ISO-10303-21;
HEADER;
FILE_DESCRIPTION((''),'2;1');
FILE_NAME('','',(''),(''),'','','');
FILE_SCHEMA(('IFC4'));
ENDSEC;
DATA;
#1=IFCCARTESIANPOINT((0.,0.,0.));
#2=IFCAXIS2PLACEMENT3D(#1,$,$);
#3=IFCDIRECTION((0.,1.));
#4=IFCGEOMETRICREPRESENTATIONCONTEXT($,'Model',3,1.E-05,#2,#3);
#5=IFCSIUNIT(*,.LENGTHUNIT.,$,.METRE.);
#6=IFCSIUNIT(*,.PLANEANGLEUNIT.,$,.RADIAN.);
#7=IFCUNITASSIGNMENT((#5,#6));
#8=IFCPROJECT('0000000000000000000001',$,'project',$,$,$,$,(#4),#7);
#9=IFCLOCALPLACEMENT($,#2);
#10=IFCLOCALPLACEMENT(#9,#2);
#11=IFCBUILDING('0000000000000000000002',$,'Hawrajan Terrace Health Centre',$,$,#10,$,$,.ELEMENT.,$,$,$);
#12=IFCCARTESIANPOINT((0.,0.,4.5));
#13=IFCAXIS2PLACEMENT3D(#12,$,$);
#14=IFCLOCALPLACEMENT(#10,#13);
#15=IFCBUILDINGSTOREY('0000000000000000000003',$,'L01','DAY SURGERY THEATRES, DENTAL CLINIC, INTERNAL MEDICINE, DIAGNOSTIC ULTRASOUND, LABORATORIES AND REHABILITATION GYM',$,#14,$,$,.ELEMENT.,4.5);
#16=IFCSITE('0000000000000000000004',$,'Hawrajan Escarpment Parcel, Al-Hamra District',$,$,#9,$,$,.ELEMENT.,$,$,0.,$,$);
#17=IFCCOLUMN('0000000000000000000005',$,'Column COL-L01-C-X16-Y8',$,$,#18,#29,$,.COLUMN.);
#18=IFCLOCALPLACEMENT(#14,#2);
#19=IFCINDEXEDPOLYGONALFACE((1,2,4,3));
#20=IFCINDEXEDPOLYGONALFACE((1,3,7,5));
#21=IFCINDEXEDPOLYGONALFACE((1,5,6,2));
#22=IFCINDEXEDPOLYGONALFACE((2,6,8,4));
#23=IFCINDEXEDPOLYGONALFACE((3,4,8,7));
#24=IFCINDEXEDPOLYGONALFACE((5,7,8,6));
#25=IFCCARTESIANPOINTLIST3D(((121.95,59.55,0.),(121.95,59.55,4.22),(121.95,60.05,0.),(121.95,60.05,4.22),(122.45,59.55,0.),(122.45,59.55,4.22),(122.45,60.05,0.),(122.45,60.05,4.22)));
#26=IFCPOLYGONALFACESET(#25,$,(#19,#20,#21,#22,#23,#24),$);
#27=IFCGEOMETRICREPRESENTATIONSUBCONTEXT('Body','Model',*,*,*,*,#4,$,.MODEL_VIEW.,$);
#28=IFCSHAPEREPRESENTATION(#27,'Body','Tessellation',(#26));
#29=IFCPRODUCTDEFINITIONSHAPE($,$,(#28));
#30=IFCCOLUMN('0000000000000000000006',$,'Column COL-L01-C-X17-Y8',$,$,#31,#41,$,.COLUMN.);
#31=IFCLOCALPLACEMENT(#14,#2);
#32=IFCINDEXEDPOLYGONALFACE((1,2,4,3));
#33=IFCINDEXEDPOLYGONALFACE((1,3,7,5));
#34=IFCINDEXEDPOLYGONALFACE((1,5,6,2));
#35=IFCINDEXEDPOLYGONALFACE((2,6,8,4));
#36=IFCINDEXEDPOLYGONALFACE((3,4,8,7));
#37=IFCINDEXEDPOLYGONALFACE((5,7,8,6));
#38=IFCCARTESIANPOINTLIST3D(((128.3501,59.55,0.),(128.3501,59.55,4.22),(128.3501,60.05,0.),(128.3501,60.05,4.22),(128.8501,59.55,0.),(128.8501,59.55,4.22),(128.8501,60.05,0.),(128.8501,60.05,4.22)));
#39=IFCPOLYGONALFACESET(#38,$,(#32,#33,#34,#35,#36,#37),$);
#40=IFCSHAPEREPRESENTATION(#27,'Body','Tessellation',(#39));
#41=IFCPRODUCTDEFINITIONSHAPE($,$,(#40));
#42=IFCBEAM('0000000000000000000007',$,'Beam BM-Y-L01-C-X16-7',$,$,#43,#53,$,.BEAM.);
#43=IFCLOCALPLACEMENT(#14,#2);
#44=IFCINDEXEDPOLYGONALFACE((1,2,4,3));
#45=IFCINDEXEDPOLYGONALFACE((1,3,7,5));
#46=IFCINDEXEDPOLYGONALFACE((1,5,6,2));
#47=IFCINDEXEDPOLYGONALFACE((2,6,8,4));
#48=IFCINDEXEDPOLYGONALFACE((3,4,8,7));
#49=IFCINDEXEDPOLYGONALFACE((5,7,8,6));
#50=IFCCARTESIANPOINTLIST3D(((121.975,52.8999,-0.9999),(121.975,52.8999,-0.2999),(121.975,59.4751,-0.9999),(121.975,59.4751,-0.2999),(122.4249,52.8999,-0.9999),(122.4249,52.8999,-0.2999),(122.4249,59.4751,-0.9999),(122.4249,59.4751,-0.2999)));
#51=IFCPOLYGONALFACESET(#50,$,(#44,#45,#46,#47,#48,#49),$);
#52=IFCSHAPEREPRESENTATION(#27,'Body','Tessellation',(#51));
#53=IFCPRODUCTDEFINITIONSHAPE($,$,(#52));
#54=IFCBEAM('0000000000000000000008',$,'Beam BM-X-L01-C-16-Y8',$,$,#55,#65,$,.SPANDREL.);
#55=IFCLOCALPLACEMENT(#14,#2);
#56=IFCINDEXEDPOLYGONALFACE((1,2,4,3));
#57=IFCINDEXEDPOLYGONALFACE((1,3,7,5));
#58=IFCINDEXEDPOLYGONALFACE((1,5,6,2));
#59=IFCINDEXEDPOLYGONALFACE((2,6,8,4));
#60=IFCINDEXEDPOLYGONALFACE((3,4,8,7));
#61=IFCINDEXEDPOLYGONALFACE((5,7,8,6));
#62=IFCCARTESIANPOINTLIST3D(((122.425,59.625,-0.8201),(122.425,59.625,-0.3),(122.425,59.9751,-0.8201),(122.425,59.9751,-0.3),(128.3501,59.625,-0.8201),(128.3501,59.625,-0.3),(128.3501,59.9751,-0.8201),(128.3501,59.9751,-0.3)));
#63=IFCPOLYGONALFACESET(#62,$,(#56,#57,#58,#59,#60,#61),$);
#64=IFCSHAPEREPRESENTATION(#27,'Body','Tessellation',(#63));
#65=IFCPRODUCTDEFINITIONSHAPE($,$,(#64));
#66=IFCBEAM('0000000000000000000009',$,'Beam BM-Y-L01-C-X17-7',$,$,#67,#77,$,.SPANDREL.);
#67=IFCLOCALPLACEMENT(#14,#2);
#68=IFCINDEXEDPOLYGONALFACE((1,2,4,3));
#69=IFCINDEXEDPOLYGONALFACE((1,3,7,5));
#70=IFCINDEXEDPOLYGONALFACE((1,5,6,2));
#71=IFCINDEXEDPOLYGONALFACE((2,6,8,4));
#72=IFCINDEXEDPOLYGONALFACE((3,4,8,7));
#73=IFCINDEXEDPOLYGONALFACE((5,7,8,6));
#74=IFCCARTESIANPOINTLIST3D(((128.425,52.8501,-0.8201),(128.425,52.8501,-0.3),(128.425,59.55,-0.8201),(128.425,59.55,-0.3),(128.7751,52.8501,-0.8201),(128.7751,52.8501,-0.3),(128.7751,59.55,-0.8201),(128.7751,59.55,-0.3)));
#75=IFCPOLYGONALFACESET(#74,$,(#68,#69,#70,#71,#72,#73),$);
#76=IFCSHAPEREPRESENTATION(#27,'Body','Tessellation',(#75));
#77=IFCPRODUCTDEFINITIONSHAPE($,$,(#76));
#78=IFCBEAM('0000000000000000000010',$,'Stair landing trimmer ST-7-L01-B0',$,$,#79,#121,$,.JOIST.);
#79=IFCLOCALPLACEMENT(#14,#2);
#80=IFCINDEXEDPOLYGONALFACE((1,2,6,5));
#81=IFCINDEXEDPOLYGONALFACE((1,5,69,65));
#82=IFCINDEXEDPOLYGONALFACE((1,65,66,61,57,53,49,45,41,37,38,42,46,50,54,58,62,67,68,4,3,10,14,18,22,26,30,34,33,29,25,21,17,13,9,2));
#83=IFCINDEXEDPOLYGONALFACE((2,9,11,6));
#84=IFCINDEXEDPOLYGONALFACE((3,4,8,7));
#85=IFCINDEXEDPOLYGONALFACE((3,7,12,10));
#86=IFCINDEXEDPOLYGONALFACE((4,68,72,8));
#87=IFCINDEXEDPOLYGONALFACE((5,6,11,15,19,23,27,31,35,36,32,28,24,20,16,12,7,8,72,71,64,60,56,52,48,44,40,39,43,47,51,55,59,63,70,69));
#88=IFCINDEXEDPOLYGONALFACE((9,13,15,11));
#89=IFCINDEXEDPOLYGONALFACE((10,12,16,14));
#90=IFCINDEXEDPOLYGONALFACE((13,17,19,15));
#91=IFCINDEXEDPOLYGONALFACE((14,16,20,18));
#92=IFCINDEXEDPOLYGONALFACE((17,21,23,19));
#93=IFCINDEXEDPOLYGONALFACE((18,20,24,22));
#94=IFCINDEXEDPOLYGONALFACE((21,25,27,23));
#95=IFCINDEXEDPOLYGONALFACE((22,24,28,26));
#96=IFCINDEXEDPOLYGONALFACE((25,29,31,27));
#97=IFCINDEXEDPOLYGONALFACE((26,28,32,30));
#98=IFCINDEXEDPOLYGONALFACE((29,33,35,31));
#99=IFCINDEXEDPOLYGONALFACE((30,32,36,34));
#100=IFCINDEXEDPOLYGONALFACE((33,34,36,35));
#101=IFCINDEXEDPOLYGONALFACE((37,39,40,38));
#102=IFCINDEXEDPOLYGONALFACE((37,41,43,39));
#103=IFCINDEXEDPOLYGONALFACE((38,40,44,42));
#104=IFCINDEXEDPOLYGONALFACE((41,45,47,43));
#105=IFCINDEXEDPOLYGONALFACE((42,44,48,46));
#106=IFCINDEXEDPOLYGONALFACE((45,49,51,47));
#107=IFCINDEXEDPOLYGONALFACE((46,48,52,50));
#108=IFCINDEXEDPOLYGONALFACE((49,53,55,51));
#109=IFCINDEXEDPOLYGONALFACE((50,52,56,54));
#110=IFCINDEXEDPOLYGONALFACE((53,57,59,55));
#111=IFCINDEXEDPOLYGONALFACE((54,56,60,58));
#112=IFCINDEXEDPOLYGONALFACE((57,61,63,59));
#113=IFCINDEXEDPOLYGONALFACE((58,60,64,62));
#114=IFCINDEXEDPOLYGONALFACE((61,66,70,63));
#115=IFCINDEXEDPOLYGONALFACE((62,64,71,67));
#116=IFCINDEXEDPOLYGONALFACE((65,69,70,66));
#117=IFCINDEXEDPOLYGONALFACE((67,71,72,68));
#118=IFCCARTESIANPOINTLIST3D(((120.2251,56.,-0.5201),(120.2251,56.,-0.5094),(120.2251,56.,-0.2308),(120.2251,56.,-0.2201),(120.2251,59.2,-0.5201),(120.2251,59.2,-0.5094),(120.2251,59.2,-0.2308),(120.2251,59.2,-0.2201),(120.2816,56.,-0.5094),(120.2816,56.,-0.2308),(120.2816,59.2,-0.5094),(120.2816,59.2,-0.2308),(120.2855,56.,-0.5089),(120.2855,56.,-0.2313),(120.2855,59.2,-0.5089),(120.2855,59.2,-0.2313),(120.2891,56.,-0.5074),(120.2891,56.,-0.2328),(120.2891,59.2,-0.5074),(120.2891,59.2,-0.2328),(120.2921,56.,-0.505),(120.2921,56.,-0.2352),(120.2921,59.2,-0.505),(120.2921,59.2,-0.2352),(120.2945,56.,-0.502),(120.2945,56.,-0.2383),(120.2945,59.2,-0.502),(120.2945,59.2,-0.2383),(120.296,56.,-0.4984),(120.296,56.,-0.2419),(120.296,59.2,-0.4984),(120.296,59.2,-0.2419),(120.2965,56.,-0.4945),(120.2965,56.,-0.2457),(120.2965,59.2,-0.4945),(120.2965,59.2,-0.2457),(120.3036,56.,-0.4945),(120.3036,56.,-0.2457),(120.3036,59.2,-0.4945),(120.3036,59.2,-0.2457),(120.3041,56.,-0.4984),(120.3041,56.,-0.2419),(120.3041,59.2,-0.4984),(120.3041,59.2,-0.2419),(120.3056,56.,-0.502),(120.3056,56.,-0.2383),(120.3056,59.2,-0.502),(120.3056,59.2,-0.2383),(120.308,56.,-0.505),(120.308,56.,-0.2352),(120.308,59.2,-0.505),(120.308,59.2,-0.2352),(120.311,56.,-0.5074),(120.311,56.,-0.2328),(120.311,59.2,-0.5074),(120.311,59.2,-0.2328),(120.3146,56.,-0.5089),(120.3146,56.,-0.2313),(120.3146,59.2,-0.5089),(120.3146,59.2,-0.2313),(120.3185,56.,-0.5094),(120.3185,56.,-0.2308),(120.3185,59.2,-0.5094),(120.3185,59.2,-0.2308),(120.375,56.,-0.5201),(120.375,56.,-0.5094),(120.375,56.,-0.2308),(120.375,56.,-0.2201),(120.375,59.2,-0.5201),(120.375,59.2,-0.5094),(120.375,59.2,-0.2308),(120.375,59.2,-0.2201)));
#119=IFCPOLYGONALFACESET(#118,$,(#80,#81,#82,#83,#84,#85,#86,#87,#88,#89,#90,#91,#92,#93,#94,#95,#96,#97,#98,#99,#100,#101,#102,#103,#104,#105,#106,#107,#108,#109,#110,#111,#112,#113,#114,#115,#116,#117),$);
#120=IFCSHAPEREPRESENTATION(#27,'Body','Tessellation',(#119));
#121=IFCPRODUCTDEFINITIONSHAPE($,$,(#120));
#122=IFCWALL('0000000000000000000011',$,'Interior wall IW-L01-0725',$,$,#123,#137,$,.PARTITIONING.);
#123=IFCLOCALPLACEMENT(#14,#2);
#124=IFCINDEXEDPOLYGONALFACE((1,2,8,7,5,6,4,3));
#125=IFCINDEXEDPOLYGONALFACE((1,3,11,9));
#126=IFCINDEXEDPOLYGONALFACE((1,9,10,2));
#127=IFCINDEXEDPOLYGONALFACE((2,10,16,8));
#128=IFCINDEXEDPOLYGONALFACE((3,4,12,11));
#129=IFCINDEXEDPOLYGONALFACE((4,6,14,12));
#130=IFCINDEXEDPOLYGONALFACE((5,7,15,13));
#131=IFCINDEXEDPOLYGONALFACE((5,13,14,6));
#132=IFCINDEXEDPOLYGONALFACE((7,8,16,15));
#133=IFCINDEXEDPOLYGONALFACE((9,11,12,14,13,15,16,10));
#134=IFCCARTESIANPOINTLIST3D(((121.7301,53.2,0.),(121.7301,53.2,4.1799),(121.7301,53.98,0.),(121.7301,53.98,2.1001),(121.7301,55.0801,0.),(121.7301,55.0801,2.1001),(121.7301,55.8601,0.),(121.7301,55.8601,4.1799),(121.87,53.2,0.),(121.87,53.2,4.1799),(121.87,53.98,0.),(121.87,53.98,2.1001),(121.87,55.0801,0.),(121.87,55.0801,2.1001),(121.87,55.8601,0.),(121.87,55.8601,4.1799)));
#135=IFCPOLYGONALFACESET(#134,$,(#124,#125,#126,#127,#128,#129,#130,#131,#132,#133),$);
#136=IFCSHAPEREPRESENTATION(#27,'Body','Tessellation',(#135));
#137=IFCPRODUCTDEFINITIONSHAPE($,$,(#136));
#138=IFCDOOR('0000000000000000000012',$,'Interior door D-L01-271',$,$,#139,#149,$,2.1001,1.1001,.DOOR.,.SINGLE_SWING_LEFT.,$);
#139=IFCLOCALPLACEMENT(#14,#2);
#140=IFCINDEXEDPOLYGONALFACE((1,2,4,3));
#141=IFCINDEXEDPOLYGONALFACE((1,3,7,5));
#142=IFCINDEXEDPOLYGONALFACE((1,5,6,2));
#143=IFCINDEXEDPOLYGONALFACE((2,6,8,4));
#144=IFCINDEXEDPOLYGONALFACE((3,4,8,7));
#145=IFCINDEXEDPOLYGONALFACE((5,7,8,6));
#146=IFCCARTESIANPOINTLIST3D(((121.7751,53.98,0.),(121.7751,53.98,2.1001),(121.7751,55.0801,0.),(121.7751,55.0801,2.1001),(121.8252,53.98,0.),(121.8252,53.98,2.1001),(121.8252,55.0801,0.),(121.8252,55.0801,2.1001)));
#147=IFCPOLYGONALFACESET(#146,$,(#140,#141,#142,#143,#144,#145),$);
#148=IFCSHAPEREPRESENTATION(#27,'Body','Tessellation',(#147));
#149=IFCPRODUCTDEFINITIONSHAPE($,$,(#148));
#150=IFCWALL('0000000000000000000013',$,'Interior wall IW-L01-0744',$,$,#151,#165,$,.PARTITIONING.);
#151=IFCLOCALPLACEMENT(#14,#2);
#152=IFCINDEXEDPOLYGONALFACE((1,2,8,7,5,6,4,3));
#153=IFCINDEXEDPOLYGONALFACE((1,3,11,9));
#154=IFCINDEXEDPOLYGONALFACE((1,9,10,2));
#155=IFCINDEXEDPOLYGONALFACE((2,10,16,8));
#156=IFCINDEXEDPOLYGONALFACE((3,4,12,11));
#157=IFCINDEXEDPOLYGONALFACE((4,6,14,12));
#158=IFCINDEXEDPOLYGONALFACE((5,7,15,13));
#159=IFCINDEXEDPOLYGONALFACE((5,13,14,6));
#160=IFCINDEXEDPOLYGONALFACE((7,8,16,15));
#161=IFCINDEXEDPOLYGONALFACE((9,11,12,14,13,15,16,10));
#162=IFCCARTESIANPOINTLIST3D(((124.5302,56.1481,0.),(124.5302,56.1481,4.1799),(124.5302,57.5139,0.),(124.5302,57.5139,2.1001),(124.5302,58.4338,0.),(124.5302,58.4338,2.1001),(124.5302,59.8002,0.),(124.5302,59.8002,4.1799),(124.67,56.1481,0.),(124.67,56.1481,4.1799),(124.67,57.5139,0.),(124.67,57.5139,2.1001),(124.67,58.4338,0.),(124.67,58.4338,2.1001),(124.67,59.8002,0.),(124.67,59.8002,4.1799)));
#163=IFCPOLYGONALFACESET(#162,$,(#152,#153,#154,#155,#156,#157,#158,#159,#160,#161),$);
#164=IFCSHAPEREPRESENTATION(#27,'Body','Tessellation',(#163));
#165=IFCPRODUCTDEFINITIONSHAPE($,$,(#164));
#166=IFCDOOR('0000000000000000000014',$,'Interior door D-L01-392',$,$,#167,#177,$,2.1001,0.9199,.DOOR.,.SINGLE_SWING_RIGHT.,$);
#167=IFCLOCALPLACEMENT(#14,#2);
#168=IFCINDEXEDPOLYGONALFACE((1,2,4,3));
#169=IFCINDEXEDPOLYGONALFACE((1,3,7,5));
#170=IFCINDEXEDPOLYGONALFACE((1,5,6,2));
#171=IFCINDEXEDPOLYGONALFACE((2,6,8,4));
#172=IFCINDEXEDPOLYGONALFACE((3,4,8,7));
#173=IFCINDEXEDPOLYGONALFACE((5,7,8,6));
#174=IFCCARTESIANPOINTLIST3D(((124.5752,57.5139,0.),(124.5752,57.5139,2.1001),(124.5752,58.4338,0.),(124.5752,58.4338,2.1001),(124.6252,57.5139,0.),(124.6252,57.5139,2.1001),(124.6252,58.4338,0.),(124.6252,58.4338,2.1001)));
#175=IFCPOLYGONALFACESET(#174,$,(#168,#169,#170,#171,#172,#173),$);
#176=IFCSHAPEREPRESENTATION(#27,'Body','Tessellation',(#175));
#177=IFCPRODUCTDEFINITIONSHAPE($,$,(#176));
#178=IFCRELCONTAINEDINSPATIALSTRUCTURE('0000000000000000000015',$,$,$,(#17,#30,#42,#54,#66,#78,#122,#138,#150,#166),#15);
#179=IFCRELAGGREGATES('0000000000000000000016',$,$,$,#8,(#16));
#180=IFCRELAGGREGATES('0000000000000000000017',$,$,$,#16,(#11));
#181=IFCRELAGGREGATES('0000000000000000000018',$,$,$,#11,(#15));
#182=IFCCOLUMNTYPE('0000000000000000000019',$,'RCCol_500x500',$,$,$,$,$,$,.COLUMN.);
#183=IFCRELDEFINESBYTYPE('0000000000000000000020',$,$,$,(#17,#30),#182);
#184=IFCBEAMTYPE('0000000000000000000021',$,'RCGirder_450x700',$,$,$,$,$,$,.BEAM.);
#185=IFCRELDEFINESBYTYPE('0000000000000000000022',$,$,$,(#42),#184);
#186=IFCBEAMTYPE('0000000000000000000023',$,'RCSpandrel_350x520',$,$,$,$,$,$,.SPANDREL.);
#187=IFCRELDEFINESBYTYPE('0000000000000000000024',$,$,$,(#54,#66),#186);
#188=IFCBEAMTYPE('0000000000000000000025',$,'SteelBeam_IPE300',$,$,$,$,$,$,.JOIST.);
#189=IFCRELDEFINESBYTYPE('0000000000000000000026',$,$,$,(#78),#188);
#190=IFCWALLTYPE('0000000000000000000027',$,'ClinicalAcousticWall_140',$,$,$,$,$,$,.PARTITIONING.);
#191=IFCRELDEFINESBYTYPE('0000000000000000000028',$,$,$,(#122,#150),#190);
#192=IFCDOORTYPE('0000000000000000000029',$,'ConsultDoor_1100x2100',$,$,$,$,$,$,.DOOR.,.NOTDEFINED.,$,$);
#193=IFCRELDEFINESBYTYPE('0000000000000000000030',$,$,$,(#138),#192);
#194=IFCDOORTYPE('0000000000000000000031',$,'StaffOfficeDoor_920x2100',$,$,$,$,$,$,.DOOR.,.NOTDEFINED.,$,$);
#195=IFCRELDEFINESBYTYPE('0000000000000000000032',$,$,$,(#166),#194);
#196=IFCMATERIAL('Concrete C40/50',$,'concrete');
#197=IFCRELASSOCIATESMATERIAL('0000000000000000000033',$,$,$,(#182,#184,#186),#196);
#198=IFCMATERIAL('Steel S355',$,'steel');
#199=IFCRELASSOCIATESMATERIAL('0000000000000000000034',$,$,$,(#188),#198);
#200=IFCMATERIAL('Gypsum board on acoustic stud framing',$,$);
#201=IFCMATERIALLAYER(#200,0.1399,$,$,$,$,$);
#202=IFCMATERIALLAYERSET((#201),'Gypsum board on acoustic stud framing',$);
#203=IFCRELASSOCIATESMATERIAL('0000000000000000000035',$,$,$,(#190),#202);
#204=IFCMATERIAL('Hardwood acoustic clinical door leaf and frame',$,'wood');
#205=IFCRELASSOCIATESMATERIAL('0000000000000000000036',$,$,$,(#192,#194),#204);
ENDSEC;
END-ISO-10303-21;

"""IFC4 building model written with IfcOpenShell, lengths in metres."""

from ifc_helpers import new_model, si_unit, direction, frame, frame_2d, origin, origin_2d, place, context, subcontext, project, spatial, rectangle, i_section, extrude, material, layer, layer_set, material_profile, profile_set, type_object, element, fill, save


model = new_model("IFC4")

# Units and contexts
model_context = context("Model", 3, precision=1e-05, world=origin(), true_north=direction((0.0, 1.0)))
body_context = subcontext(model_context, "Body", "Model", "MODEL_VIEW")
ifc_project = project(units=[si_unit("LENGTHUNIT", "METRE"), si_unit("PLANEANGLEUNIT", "RADIAN")], contexts=[model_context])

# Site, building, storey
site_placement = place(None, origin())
site = spatial("IfcSite", under=ifc_project, at=site_placement, Name="Hawrajan Escarpment Parcel, Al-Hamra District", CompositionType="ELEMENT", RefElevation=0.0)
building_placement = place(site_placement, origin())
building = spatial("IfcBuilding", under=site, at=building_placement, Name="Hawrajan Terrace Health Centre", CompositionType="ELEMENT")
storey_placement = place(building_placement, frame((0.0, 0.0, 4.5)))
storey = spatial("IfcBuildingStorey", under=building, at=storey_placement, Name="L01", Description="DAY SURGERY THEATRES, DENTAL CLINIC, INTERNAL MEDICINE, DIAGNOSTIC ULTRASOUND, LABORATORIES AND REHABILITATION GYM", CompositionType="ELEMENT", Elevation=4.5)

# Columns
ifc_material_1 = material(Name="Concrete C40/50", Category="concrete")
ifc_material_profile_1 = material_profile(ifc_material_1, rectangle(XDim=0.5, YDim=0.5, at=origin_2d()), Name="RC 500x500")
ifc_profile_set_1 = profile_set([ifc_material_profile_1], Name="Concrete C40/50")
column_type = type_object("IfcColumnType", Name="RCCol_500x500", PredefinedType="COLUMN", material=ifc_profile_set_1)
for number, where, z_axis, x_axis, name in (
    (1, (122.2, 59.8, 0.0), (0.0, 0.0, 1.0), (1.0, 0.0, 0.0), "Column COL-L01-C-X16-Y8"),
    (2, (128.6001, 59.8, 0.0), (0.0, 0.0, 1.0), (1.0, 0.0, 0.0), "Column COL-L01-C-X17-Y8"),
):
    element("IfcColumn", number, at=place(storey_placement, frame(where, z_axis=z_axis, x_axis=x_axis)), inside=storey, type_object=column_type, Name=name, PredefinedType="COLUMN", context=body_context, shape_type="SweptSolid", body=[
        extrude(rectangle(XDim=0.5, YDim=0.5, at=origin_2d()), origin(), (0.0, 0.0, 1.0), 4.22),
    ])

# Beams
ifc_material_profile_2 = material_profile(ifc_material_1, rectangle(XDim=0.45, YDim=0.7, at=origin_2d()), Name="RC BM 450x700")
ifc_profile_set_2 = profile_set([ifc_material_profile_2], Name="Concrete C40/50")
beam_type_1 = type_object("IfcBeamType", Name="RCGirder_450x700", PredefinedType="BEAM", material=ifc_profile_set_2)
beam_1_placement = place(storey_placement, frame((122.2, 52.8999, -0.6499), z_axis=(0.0, 1.0, 0.0), x_axis=(-1.0, 0.0, 0.0)))
element("IfcBeam", 3, at=beam_1_placement, inside=storey, type_object=beam_type_1, Name="Beam BM-Y-L01-C-X16-7", PredefinedType="BEAM", context=body_context, shape_type="SweptSolid", body=[
    extrude(rectangle(XDim=0.45, YDim=0.7, at=origin_2d()), origin(), (0.0, 0.0, 1.0), 6.5752),
])
ifc_material_profile_3 = material_profile(ifc_material_1, rectangle(XDim=0.3501, YDim=0.52, at=origin_2d()), Name="RC SP 350x520")
ifc_profile_set_3 = profile_set([ifc_material_profile_3], Name="Concrete C40/50")
beam_type_2 = type_object("IfcBeamType", Name="RCSpandrel_350x520", PredefinedType="SPANDREL", material=ifc_profile_set_3)
beam_2_placement = place(storey_placement, frame((122.425, 59.8, -0.5601), z_axis=(1.0, 0.0, 0.0), x_axis=(0.0, 1.0, 0.0)))
element("IfcBeam", 4, at=beam_2_placement, inside=storey, type_object=beam_type_2, Name="Beam BM-X-L01-C-16-Y8", PredefinedType="SPANDREL", context=body_context, shape_type="SweptSolid", body=[
    extrude(rectangle(XDim=0.3501, YDim=0.52, at=origin_2d()), origin(), (0.0, 0.0, 1.0), 5.925),
])
beam_3_placement = place(storey_placement, frame((128.6001, 52.8501, -0.5601), z_axis=(0.0, 1.0, 0.0), x_axis=(-1.0, 0.0, 0.0)))
element("IfcBeam", 5, at=beam_3_placement, inside=storey, type_object=beam_type_2, Name="Beam BM-Y-L01-C-X17-7", PredefinedType="SPANDREL", context=body_context, shape_type="SweptSolid", body=[
    extrude(rectangle(XDim=0.3501, YDim=0.52, at=origin_2d()), origin(), (0.0, 0.0, 1.0), 6.7),
])
ifc_material_2 = material(Name="Steel S355", Category="steel")
ifc_material_profile_4 = material_profile(ifc_material_2, i_section(OverallWidth=0.1499, OverallDepth=0.3, WebThickness=0.0071, FlangeThickness=0.0107, FilletRadius=0.0149, at=origin_2d()), Name="IPE 300")
ifc_profile_set_4 = profile_set([ifc_material_profile_4], Name="Steel S355")
beam_type_3 = type_object("IfcBeamType", Name="SteelBeam_IPE300", PredefinedType="JOIST", material=ifc_profile_set_4)
beam_4_placement = place(storey_placement, frame((120.3, 56.0, -0.3701), z_axis=(0.0, 1.0, 0.0), x_axis=(-1.0, 0.0, 0.0)))
element("IfcBeam", 6, at=beam_4_placement, inside=storey, type_object=beam_type_3, Name="Stair landing trimmer ST-7-L01-B0", PredefinedType="JOIST", context=body_context, shape_type="SweptSolid", body=[
    extrude(i_section(OverallWidth=0.1499, OverallDepth=0.3, WebThickness=0.0071, FlangeThickness=0.0107, FilletRadius=0.0149, at=origin_2d()), origin(), (0.0, 0.0, 1.0), 3.2),
])

# Walls, openings, doors
ifc_material_3 = material(Name="Gypsum board on acoustic stud framing")
ifc_layer_1 = layer(ifc_material_3, 0.1399)
ifc_layer_set_1 = layer_set([ifc_layer_1], Name="Gypsum board on acoustic stud framing")
wall_type_1 = type_object("IfcWallType", Name="ClinicalAcousticWall_140", PredefinedType="PARTITIONING", material=ifc_layer_set_1)
wall_1_placement = place(storey_placement, frame((121.8, 53.2, 0.0), z_axis=(0.0, 0.0, 1.0), x_axis=(0.0, 1.0, 0.0)))
wall_1 = element("IfcWall", 7, at=wall_1_placement, inside=storey, type_object=wall_type_1, Name="Interior wall IW-L01-0725", PredefinedType="PARTITIONING", context=body_context, shape_type="SweptSolid", body=[
    extrude(rectangle(XDim=2.6602, YDim=0.1399, at=frame_2d((1.3301, 0.0))), origin(), (0.0, 0.0, 1.0), 4.1799),
])
opening_1_placement = place(wall_1_placement, frame((0.78, 0.0, 0.0)))
opening_1 = element("IfcOpeningElement", 8, at=opening_1_placement, cuts=wall_1, PredefinedType="OPENING", context=body_context, shape_type="SweptSolid", body=[
    extrude(rectangle(XDim=1.1001, YDim=2.1001, at=frame_2d((0.55, 1.05))), frame((0.0, 0.0798, 0.0), z_axis=(0.0, -1.0, 0.0), x_axis=(1.0, 0.0, 0.0)), (0.0, 0.0, 1.0), 0.1599),
])
ifc_material_4 = material(Name="Hardwood acoustic clinical door leaf and frame", Category="wood")
door_type_1 = type_object("IfcDoorType", Name="ConsultDoor_1100x2100", OperationType="NOTDEFINED", PredefinedType="DOOR", material=ifc_material_4)
door_1_placement = place(opening_1_placement, origin())
door_1 = element("IfcDoor", 9, at=door_1_placement, inside=storey, type_object=door_type_1, Name="Interior door D-L01-271", OperationType="SINGLE_SWING_LEFT", OverallHeight=2.1001, OverallWidth=1.1001, PredefinedType="DOOR", context=body_context, shape_type="SweptSolid", body=[
    extrude(rectangle(XDim=1.1001, YDim=2.1001, at=frame_2d((0.55, 1.05))), frame((0.0, 0.0249, 0.0), z_axis=(0.0, -1.0, 0.0), x_axis=(1.0, 0.0, 0.0)), (0.0, 0.0, 1.0), 0.05),
])
fill(opening_1, door_1)
wall_2_placement = place(storey_placement, frame((124.6001, 56.1479, 0.0), z_axis=(0.0, 0.0, 1.0), x_axis=(0.0, 1.0, 0.0)))
wall_2 = element("IfcWall", 10, at=wall_2_placement, inside=storey, type_object=wall_type_1, Name="Interior wall IW-L01-0744", PredefinedType="PARTITIONING", context=body_context, shape_type="SweptSolid", body=[
    extrude(rectangle(XDim=3.6521, YDim=0.1399, at=frame_2d((1.8262, 0.0))), origin(), (0.0, 0.0, 1.0), 4.1799),
])
opening_2_placement = place(wall_2_placement, frame((1.366, 0.0, 0.0)))
opening_2 = element("IfcOpeningElement", 11, at=opening_2_placement, cuts=wall_2, PredefinedType="OPENING", context=body_context, shape_type="SweptSolid", body=[
    extrude(rectangle(XDim=0.9199, YDim=2.1001, at=frame_2d((0.46, 1.05))), frame((0.0, 0.0798, 0.0), z_axis=(0.0, -1.0, 0.0), x_axis=(1.0, 0.0, 0.0)), (0.0, 0.0, 1.0), 0.1599),
])
door_type_2 = type_object("IfcDoorType", Name="StaffOfficeDoor_920x2100", OperationType="NOTDEFINED", PredefinedType="DOOR", material=ifc_material_4)
door_2_placement = place(opening_2_placement, origin())
door_2 = element("IfcDoor", 12, at=door_2_placement, inside=storey, type_object=door_type_2, Name="Interior door D-L01-392", OperationType="SINGLE_SWING_RIGHT", OverallHeight=2.1001, OverallWidth=0.9199, PredefinedType="DOOR", context=body_context, shape_type="SweptSolid", body=[
    extrude(rectangle(XDim=0.9199, YDim=2.1001, at=frame_2d((0.46, 1.05))), frame((0.0, 0.0249, 0.0), z_axis=(0.0, -1.0, 0.0), x_axis=(1.0, 0.0, 0.0)), (0.0, 0.0, 1.0), 0.05),
])
fill(opening_2, door_2)

save(model, "model.ifc")
